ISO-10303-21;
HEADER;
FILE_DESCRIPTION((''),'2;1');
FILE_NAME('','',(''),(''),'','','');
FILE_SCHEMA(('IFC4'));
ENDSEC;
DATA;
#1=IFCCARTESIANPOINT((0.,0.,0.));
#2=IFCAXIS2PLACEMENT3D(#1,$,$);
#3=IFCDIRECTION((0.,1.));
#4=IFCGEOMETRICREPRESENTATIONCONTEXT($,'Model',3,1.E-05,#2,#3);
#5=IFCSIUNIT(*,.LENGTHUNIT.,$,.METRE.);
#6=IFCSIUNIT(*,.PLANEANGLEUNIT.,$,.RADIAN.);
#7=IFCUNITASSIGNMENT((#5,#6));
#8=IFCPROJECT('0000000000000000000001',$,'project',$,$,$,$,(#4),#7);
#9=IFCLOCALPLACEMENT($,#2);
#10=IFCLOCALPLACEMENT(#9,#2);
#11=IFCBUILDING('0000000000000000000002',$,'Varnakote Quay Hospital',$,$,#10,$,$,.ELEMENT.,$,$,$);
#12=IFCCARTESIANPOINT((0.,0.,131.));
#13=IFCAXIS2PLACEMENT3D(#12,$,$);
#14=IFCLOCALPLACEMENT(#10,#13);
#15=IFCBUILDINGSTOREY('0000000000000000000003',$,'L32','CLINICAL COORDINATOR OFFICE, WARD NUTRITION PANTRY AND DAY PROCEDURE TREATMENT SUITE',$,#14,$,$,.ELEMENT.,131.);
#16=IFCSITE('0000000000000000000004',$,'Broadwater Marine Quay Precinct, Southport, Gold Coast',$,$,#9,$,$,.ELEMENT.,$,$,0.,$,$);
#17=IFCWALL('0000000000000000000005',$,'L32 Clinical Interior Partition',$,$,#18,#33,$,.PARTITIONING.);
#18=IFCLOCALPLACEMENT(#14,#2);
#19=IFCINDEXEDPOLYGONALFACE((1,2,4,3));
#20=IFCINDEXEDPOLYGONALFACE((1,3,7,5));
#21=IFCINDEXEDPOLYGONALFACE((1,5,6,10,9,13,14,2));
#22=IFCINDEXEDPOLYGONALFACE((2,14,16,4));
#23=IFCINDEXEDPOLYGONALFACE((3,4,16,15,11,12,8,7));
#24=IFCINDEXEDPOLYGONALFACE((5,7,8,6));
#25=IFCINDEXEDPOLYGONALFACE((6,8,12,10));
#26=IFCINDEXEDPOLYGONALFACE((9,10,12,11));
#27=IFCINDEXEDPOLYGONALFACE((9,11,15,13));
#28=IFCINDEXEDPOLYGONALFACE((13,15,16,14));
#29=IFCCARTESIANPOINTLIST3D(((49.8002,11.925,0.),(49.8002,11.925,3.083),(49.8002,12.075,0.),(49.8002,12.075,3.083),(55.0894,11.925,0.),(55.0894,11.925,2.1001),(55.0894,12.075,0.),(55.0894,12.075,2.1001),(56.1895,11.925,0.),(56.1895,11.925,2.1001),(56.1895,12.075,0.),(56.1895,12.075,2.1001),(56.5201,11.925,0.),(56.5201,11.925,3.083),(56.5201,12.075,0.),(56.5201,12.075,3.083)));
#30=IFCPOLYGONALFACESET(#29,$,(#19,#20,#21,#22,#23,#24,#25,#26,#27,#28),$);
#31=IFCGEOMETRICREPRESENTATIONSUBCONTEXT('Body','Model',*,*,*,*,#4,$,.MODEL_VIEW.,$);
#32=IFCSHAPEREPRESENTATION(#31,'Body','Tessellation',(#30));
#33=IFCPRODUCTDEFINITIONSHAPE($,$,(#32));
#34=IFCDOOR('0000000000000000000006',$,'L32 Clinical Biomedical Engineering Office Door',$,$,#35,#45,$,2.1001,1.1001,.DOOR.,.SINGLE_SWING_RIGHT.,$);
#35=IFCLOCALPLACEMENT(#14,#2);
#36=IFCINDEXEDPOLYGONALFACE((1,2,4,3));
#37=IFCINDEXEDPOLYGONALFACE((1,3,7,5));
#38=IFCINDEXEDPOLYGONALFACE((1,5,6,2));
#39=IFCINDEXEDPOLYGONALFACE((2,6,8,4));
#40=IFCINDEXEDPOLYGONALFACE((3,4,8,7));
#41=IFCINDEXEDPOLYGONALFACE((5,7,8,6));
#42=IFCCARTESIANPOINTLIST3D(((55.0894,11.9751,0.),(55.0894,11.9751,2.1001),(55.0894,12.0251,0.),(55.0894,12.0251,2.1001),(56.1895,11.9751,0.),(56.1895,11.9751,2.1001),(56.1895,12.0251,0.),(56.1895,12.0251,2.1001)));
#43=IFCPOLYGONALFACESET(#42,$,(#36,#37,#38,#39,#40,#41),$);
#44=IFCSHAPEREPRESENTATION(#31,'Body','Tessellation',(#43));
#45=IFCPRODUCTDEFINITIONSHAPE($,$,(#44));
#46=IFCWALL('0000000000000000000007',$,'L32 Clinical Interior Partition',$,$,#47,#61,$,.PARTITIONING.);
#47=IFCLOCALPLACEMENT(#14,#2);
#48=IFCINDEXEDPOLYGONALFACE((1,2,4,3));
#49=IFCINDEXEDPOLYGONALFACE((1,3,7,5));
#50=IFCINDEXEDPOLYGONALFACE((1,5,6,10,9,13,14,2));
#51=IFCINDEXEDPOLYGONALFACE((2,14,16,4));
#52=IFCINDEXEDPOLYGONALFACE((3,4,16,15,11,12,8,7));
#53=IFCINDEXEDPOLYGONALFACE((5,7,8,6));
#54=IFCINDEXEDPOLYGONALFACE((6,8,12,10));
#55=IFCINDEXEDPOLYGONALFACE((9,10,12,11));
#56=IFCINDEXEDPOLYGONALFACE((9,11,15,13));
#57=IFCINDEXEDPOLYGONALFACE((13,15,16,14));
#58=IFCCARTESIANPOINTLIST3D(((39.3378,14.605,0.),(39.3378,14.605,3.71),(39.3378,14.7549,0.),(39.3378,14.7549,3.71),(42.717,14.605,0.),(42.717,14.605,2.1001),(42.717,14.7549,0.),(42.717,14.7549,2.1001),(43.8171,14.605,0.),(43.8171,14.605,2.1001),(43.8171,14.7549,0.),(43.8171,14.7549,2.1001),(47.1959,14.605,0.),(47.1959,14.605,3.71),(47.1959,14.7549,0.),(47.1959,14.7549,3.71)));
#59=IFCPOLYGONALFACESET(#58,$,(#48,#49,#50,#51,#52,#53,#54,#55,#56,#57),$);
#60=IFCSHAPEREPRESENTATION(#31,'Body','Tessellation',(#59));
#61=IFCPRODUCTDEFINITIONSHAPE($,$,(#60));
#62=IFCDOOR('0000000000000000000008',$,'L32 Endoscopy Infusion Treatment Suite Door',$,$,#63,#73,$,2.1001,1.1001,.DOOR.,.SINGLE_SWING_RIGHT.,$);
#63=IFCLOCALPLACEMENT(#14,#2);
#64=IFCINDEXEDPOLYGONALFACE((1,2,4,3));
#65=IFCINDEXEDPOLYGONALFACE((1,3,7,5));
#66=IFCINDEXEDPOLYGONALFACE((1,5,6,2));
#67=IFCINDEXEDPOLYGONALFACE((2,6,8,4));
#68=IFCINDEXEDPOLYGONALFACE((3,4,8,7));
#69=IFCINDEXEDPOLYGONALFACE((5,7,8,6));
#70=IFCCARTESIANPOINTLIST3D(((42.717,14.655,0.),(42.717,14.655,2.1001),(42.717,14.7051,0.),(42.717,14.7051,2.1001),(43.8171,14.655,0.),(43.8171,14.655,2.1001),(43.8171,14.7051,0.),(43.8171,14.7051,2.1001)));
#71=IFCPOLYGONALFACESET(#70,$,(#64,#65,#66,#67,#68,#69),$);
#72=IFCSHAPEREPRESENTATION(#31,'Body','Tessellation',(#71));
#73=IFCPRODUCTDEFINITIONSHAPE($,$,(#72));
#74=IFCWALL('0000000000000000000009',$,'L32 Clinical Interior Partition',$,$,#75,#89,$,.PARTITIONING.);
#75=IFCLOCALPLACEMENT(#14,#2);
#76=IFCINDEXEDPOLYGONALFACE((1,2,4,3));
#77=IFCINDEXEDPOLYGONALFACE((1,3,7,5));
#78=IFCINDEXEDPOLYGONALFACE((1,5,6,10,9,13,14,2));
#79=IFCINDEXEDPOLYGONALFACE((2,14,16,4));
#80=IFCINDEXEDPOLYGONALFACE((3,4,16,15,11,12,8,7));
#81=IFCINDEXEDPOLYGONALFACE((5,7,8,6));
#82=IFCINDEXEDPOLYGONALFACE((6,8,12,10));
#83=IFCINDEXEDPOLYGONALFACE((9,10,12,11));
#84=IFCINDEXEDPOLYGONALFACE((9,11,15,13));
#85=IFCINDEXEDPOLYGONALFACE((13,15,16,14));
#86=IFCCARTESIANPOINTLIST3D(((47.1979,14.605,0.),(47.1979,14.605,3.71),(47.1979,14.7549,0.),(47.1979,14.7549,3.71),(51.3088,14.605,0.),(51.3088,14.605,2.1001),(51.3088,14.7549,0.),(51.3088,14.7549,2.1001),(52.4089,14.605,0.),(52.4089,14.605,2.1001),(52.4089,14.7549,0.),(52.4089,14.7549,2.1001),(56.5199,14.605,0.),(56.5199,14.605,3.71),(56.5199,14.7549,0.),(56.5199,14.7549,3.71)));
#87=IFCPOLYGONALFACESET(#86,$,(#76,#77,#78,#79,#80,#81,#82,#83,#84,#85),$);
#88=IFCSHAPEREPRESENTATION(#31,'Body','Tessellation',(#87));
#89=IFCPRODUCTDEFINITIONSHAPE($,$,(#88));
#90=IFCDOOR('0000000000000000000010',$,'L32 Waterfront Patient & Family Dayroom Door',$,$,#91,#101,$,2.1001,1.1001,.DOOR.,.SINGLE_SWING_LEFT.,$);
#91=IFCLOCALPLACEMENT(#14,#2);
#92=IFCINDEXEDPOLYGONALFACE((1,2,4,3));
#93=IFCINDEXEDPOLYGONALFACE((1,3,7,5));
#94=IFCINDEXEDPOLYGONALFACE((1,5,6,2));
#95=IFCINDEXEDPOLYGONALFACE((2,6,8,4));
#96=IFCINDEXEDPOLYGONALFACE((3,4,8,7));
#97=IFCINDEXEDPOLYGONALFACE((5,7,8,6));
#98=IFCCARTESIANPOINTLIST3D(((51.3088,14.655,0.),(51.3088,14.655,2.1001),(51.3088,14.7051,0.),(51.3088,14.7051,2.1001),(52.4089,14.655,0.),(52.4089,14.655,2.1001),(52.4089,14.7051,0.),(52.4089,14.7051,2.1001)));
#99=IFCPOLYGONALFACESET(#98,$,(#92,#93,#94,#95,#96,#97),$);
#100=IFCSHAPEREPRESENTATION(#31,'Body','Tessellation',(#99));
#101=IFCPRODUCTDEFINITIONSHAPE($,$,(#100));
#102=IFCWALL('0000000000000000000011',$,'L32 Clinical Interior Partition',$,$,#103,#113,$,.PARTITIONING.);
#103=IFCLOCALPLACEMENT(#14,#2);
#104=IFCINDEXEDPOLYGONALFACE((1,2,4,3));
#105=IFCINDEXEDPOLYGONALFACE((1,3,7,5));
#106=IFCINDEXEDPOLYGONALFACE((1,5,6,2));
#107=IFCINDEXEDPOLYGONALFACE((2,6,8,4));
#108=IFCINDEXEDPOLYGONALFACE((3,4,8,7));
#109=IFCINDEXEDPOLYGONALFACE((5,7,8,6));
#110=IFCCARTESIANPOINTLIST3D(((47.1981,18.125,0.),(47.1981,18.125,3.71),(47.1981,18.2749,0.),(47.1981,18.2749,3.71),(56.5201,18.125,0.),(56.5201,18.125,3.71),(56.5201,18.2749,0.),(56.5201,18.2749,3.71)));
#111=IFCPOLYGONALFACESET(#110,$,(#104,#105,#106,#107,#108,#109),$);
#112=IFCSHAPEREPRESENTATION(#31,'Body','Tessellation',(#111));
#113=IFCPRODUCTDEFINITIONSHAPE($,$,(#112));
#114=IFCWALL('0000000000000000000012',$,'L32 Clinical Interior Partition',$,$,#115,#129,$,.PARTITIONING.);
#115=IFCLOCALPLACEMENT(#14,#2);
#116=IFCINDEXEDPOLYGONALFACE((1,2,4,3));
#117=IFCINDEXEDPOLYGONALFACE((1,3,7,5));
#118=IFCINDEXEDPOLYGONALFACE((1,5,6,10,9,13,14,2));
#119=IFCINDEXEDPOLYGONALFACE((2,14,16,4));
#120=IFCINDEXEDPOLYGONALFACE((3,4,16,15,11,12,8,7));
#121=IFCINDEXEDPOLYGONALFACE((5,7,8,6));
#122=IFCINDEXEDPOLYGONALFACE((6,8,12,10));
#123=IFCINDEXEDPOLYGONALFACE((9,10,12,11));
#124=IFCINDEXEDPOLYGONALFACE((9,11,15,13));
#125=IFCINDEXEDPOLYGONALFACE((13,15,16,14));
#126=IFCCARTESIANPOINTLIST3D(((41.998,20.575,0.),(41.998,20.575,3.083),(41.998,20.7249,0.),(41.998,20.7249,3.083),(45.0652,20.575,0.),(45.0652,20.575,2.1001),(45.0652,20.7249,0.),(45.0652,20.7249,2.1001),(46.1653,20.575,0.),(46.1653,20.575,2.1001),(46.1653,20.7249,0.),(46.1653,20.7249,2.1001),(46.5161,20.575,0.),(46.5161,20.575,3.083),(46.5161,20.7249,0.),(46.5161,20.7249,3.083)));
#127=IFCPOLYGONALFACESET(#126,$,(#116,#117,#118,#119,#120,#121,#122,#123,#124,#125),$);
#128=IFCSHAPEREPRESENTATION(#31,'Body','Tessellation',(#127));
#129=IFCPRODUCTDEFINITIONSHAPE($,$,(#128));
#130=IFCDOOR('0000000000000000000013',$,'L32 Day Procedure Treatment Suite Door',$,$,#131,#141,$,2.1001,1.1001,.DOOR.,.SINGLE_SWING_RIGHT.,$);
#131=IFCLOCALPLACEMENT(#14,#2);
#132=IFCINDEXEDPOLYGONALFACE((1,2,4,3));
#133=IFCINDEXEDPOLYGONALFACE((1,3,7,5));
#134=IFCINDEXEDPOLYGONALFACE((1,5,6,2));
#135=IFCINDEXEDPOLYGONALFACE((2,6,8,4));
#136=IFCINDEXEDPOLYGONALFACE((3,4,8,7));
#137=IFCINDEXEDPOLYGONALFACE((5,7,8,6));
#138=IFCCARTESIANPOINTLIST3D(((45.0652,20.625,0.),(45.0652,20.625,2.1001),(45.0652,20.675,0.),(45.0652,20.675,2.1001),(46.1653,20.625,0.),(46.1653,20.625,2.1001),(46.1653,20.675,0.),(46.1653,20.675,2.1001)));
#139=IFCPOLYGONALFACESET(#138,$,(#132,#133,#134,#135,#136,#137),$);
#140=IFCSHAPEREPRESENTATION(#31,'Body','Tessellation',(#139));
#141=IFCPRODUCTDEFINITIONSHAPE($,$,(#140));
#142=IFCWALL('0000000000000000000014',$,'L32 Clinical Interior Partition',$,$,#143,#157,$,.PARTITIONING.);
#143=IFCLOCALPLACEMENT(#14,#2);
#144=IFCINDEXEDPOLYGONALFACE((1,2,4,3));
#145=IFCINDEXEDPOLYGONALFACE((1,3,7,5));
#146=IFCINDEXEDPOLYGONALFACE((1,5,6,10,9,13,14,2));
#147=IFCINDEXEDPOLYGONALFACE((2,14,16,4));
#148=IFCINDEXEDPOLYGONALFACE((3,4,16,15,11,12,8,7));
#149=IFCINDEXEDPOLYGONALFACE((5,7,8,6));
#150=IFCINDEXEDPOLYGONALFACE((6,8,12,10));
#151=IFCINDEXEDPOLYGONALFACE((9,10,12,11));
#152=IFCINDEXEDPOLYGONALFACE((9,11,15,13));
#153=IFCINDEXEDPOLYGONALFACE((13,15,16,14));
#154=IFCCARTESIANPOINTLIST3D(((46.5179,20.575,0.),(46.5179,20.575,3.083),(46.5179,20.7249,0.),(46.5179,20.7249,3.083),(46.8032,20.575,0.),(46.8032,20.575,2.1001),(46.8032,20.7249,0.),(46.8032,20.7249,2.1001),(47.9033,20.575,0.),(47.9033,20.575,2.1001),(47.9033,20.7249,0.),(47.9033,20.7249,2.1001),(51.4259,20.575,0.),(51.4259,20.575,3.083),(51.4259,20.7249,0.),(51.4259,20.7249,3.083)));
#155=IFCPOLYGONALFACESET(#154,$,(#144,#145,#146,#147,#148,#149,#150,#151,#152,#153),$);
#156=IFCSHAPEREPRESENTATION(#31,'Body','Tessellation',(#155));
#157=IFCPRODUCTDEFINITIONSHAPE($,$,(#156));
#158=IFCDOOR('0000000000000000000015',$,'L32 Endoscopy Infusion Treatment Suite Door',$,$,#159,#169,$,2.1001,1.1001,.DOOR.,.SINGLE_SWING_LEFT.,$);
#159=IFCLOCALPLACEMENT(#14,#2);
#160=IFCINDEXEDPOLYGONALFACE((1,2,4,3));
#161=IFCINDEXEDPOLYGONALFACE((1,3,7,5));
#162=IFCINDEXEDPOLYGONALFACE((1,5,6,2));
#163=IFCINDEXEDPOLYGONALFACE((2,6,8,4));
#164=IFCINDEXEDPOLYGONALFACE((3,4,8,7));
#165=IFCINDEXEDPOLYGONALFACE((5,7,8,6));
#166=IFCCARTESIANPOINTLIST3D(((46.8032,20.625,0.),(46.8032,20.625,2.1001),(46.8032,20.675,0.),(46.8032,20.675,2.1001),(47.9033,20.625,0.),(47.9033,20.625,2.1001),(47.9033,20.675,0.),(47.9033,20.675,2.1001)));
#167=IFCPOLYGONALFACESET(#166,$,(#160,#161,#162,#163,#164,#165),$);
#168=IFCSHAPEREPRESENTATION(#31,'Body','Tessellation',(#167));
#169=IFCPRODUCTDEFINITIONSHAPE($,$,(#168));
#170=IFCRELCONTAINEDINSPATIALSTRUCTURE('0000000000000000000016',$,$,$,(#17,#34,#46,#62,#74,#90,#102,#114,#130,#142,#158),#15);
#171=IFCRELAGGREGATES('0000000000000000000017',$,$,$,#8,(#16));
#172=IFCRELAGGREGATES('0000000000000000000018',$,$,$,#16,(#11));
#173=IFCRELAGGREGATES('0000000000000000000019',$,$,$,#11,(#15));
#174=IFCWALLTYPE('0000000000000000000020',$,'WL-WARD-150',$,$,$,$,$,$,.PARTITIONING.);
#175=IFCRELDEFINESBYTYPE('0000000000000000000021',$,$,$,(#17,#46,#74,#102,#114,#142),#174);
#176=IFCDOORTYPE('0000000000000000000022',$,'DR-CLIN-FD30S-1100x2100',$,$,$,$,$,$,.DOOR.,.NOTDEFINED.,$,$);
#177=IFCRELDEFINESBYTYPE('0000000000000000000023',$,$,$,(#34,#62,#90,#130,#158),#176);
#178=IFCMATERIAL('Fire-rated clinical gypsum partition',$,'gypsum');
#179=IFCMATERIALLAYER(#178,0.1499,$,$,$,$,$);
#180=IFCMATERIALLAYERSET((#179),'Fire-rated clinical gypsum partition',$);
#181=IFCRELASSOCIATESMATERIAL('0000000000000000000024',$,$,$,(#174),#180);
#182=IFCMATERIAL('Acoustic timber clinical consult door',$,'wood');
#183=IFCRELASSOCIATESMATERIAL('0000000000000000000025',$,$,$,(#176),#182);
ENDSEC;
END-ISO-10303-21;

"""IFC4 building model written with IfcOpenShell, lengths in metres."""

from ifc_helpers import new_model, si_unit, direction, frame, frame_2d, origin, place, context, subcontext, project, spatial, rectangle, extrude, material, layer, layer_set, type_object, element, fill, save


model = new_model("IFC4")

# Units and contexts
model_context = context("Model", 3, precision=1e-05, world=origin(), true_north=direction((0.0, 1.0)))
body_context = subcontext(model_context, "Body", "Model", "MODEL_VIEW")
ifc_project = project(units=[si_unit("LENGTHUNIT", "METRE"), si_unit("PLANEANGLEUNIT", "RADIAN")], contexts=[model_context])

# Site, building, storey
site_placement = place(None, origin())
site = spatial("IfcSite", under=ifc_project, at=site_placement, Name="Broadwater Marine Quay Precinct, Southport, Gold Coast", CompositionType="ELEMENT", RefElevation=0.0)
building_placement = place(site_placement, origin())
building = spatial("IfcBuilding", under=site, at=building_placement, Name="Varnakote Quay Hospital", CompositionType="ELEMENT")
storey_placement = place(building_placement, frame((0.0, 0.0, 131.0)))
storey = spatial("IfcBuildingStorey", under=building, at=storey_placement, Name="L32", Description="CLINICAL COORDINATOR OFFICE, WARD NUTRITION PANTRY AND DAY PROCEDURE TREATMENT SUITE", CompositionType="ELEMENT", Elevation=131.0)

# Walls, openings, doors
ifc_material_1 = material(Name="Fire-rated clinical gypsum partition", Category="gypsum")
ifc_layer_1 = layer(ifc_material_1, 0.1499)
ifc_layer_set_1 = layer_set([ifc_layer_1], Name="Fire-rated clinical gypsum partition")
wall_type_1 = type_object("IfcWallType", Name="WL-WARD-150", PredefinedType="PARTITIONING", material=ifc_layer_set_1)
wall_1_placement = place(storey_placement, frame((56.52, 12.0, 0.0), z_axis=(0.0, 0.0, 1.0), x_axis=(-1.0, 0.0, 0.0)))
wall_1 = element("IfcWall", 1, at=wall_1_placement, inside=storey, type_object=wall_type_1, Name="L32 Clinical Interior Partition", PredefinedType="PARTITIONING", context=body_context, shape_type="SweptSolid", body=[
    extrude(rectangle(XDim=6.72, YDim=0.1499, at=frame_2d((3.3599, 0.0))), origin(), (0.0, 0.0, 1.0), 3.083),
])
opening_1_placement = place(wall_1_placement, frame((0.3306, 0.0, 0.0)))
opening_1 = element("IfcOpeningElement", 2, at=opening_1_placement, cuts=wall_1, PredefinedType="OPENING", context=body_context, shape_type="SweptSolid", body=[
    extrude(rectangle(XDim=1.1001, YDim=2.1001, at=frame_2d((0.55, 1.05))), frame((0.0, 0.085, 0.0), z_axis=(0.0, -1.0, 0.0), x_axis=(1.0, 0.0, 0.0)), (0.0, 0.0, 1.0), 0.1699),
])
ifc_material_2 = material(Name="Acoustic timber clinical consult door", Category="wood")
door_type_1 = type_object("IfcDoorType", Name="DR-CLIN-FD30S-1100x2100", OperationType="NOTDEFINED", PredefinedType="DOOR", material=ifc_material_2)
door_1_placement = place(opening_1_placement, origin())
door_1 = element("IfcDoor", 3, at=door_1_placement, inside=storey, type_object=door_type_1, Name="L32 Clinical Biomedical Engineering Office Door", OperationType="SINGLE_SWING_RIGHT", OverallHeight=2.1001, OverallWidth=1.1001, PredefinedType="DOOR", context=body_context, shape_type="SweptSolid", body=[
    extrude(rectangle(XDim=1.1001, YDim=2.1001, at=frame_2d((0.55, 1.05))), frame((0.0, 0.0249, 0.0), z_axis=(0.0, -1.0, 0.0), x_axis=(1.0, 0.0, 0.0)), (0.0, 0.0, 1.0), 0.05),
])
fill(opening_1, door_1)
wall_2_placement = place(storey_placement, frame((47.196, 14.6799, 0.0), z_axis=(0.0, 0.0, 1.0), x_axis=(-1.0, 0.0, 0.0)))
wall_2 = element("IfcWall", 4, at=wall_2_placement, inside=storey, type_object=wall_type_1, Name="L32 Clinical Interior Partition", PredefinedType="PARTITIONING", context=body_context, shape_type="SweptSolid", body=[
    extrude(rectangle(XDim=7.8582, YDim=0.1499, at=frame_2d((3.9292, 0.0))), origin(), (0.0, 0.0, 1.0), 3.71),
])
opening_2_placement = place(wall_2_placement, frame((3.3789, 0.0, 0.0)))
opening_2 = element("IfcOpeningElement", 5, at=opening_2_placement, cuts=wall_2, PredefinedType="OPENING", context=body_context, shape_type="SweptSolid", body=[
    extrude(rectangle(XDim=1.1001, YDim=2.1001, at=frame_2d((0.55, 1.05))), frame((0.0, 0.085, 0.0), z_axis=(0.0, -1.0, 0.0), x_axis=(1.0, 0.0, 0.0)), (0.0, 0.0, 1.0), 0.1699),
])
door_2_placement = place(opening_2_placement, origin())
door_2 = element("IfcDoor", 6, at=door_2_placement, inside=storey, type_object=door_type_1, Name="L32 Endoscopy Infusion Treatment Suite Door", OperationType="SINGLE_SWING_RIGHT", OverallHeight=2.1001, OverallWidth=1.1001, PredefinedType="DOOR", context=body_context, shape_type="SweptSolid", body=[
    extrude(rectangle(XDim=1.1001, YDim=2.1001, at=frame_2d((0.55, 1.05))), frame((0.0, 0.0249, 0.0), z_axis=(0.0, -1.0, 0.0), x_axis=(1.0, 0.0, 0.0)), (0.0, 0.0, 1.0), 0.05),
])
fill(opening_2, door_2)
wall_3_placement = place(storey_placement, frame((56.52, 14.6799, 0.0), z_axis=(0.0, 0.0, 1.0), x_axis=(-1.0, 0.0, 0.0)))
wall_3 = element("IfcWall", 7, at=wall_3_placement, inside=storey, type_object=wall_type_1, Name="L32 Clinical Interior Partition", PredefinedType="PARTITIONING", context=body_context, shape_type="SweptSolid", body=[
    extrude(rectangle(XDim=9.322, YDim=0.1499, at=frame_2d((4.6611, 0.0))), origin(), (0.0, 0.0, 1.0), 3.71),
])
opening_3_placement = place(wall_3_placement, frame((4.1111, 0.0, 0.0)))
opening_3 = element("IfcOpeningElement", 8, at=opening_3_placement, cuts=wall_3, PredefinedType="OPENING", context=body_context, shape_type="SweptSolid", body=[
    extrude(rectangle(XDim=1.1001, YDim=2.1001, at=frame_2d((0.55, 1.05))), frame((0.0, 0.085, 0.0), z_axis=(0.0, -1.0, 0.0), x_axis=(1.0, 0.0, 0.0)), (0.0, 0.0, 1.0), 0.1699),
])
door_3_placement = place(opening_3_placement, origin())
door_3 = element("IfcDoor", 9, at=door_3_placement, inside=storey, type_object=door_type_1, Name="L32 Waterfront Patient & Family Dayroom Door", OperationType="SINGLE_SWING_LEFT", OverallHeight=2.1001, OverallWidth=1.1001, PredefinedType="DOOR", context=body_context, shape_type="SweptSolid", body=[
    extrude(rectangle(XDim=1.1001, YDim=2.1001, at=frame_2d((0.55, 1.05))), frame((0.0, 0.0249, 0.0), z_axis=(0.0, -1.0, 0.0), x_axis=(1.0, 0.0, 0.0)), (0.0, 0.0, 1.0), 0.05),
])
fill(opening_3, door_3)

# Wall
wall_4_placement = place(storey_placement, frame((47.198, 18.2, 0.0), z_axis=(0.0, 0.0, 1.0), x_axis=(1.0, 0.0, 0.0)))
element("IfcWall", 10, at=wall_4_placement, inside=storey, type_object=wall_type_1, Name="L32 Clinical Interior Partition", PredefinedType="PARTITIONING", context=body_context, shape_type="SweptSolid", body=[
    extrude(rectangle(XDim=9.322, YDim=0.1499, at=frame_2d((4.6611, 0.0))), origin(), (0.0, 0.0, 1.0), 3.71),
])

# Walls, openings, doors
wall_5_placement = place(storey_placement, frame((46.5161, 20.6499, 0.0), z_axis=(0.0, 0.0, 1.0), x_axis=(-1.0, 0.0, 0.0)))
wall_5 = element("IfcWall", 11, at=wall_5_placement, inside=storey, type_object=wall_type_1, Name="L32 Clinical Interior Partition", PredefinedType="PARTITIONING", context=body_context, shape_type="SweptSolid", body=[
    extrude(rectangle(XDim=4.5181, YDim=0.1499, at=frame_2d((2.259, 0.0))), origin(), (0.0, 0.0, 1.0), 3.083),
])
opening_4_placement = place(wall_5_placement, frame((0.3508, 0.0, 0.0)))
opening_4 = element("IfcOpeningElement", 12, at=opening_4_placement, cuts=wall_5, PredefinedType="OPENING", context=body_context, shape_type="SweptSolid", body=[
    extrude(rectangle(XDim=1.1001, YDim=2.1001, at=frame_2d((0.55, 1.05))), frame((0.0, 0.085, 0.0), z_axis=(0.0, -1.0, 0.0), x_axis=(1.0, 0.0, 0.0)), (0.0, 0.0, 1.0), 0.1699),
])
door_4_placement = place(opening_4_placement, origin())
door_4 = element("IfcDoor", 13, at=door_4_placement, inside=storey, type_object=door_type_1, Name="L32 Day Procedure Treatment Suite Door", OperationType="SINGLE_SWING_RIGHT", OverallHeight=2.1001, OverallWidth=1.1001, PredefinedType="DOOR", context=body_context, shape_type="SweptSolid", body=[
    extrude(rectangle(XDim=1.1001, YDim=2.1001, at=frame_2d((0.55, 1.05))), frame((0.0, 0.0249, 0.0), z_axis=(0.0, -1.0, 0.0), x_axis=(1.0, 0.0, 0.0)), (0.0, 0.0, 1.0), 0.05),
])
fill(opening_4, door_4)
wall_6_placement = place(storey_placement, frame((51.426, 20.6499, 0.0), z_axis=(0.0, 0.0, 1.0), x_axis=(-1.0, 0.0, 0.0)))
wall_6 = element("IfcWall", 14, at=wall_6_placement, inside=storey, type_object=wall_type_1, Name="L32 Clinical Interior Partition", PredefinedType="PARTITIONING", context=body_context, shape_type="SweptSolid", body=[
    extrude(rectangle(XDim=4.908, YDim=0.1499, at=frame_2d((2.4541, 0.0))), origin(), (0.0, 0.0, 1.0), 3.083),
])
opening_5_placement = place(wall_6_placement, frame((3.5227, 0.0, 0.0)))
opening_5 = element("IfcOpeningElement", 15, at=opening_5_placement, cuts=wall_6, PredefinedType="OPENING", context=body_context, shape_type="SweptSolid", body=[
    extrude(rectangle(XDim=1.1001, YDim=2.1001, at=frame_2d((0.55, 1.05))), frame((0.0, 0.085, 0.0), z_axis=(0.0, -1.0, 0.0), x_axis=(1.0, 0.0, 0.0)), (0.0, 0.0, 1.0), 0.1699),
])
door_5_placement = place(opening_5_placement, origin())
door_5 = element("IfcDoor", 16, at=door_5_placement, inside=storey, type_object=door_type_1, Name="L32 Endoscopy Infusion Treatment Suite Door", OperationType="SINGLE_SWING_LEFT", OverallHeight=2.1001, OverallWidth=1.1001, PredefinedType="DOOR", context=body_context, shape_type="SweptSolid", body=[
    extrude(rectangle(XDim=1.1001, YDim=2.1001, at=frame_2d((0.55, 1.05))), frame((0.0, 0.0249, 0.0), z_axis=(0.0, -1.0, 0.0), x_axis=(1.0, 0.0, 0.0)), (0.0, 0.0, 1.0), 0.05),
])
fill(opening_5, door_5)

save(model, "model.ifc")
